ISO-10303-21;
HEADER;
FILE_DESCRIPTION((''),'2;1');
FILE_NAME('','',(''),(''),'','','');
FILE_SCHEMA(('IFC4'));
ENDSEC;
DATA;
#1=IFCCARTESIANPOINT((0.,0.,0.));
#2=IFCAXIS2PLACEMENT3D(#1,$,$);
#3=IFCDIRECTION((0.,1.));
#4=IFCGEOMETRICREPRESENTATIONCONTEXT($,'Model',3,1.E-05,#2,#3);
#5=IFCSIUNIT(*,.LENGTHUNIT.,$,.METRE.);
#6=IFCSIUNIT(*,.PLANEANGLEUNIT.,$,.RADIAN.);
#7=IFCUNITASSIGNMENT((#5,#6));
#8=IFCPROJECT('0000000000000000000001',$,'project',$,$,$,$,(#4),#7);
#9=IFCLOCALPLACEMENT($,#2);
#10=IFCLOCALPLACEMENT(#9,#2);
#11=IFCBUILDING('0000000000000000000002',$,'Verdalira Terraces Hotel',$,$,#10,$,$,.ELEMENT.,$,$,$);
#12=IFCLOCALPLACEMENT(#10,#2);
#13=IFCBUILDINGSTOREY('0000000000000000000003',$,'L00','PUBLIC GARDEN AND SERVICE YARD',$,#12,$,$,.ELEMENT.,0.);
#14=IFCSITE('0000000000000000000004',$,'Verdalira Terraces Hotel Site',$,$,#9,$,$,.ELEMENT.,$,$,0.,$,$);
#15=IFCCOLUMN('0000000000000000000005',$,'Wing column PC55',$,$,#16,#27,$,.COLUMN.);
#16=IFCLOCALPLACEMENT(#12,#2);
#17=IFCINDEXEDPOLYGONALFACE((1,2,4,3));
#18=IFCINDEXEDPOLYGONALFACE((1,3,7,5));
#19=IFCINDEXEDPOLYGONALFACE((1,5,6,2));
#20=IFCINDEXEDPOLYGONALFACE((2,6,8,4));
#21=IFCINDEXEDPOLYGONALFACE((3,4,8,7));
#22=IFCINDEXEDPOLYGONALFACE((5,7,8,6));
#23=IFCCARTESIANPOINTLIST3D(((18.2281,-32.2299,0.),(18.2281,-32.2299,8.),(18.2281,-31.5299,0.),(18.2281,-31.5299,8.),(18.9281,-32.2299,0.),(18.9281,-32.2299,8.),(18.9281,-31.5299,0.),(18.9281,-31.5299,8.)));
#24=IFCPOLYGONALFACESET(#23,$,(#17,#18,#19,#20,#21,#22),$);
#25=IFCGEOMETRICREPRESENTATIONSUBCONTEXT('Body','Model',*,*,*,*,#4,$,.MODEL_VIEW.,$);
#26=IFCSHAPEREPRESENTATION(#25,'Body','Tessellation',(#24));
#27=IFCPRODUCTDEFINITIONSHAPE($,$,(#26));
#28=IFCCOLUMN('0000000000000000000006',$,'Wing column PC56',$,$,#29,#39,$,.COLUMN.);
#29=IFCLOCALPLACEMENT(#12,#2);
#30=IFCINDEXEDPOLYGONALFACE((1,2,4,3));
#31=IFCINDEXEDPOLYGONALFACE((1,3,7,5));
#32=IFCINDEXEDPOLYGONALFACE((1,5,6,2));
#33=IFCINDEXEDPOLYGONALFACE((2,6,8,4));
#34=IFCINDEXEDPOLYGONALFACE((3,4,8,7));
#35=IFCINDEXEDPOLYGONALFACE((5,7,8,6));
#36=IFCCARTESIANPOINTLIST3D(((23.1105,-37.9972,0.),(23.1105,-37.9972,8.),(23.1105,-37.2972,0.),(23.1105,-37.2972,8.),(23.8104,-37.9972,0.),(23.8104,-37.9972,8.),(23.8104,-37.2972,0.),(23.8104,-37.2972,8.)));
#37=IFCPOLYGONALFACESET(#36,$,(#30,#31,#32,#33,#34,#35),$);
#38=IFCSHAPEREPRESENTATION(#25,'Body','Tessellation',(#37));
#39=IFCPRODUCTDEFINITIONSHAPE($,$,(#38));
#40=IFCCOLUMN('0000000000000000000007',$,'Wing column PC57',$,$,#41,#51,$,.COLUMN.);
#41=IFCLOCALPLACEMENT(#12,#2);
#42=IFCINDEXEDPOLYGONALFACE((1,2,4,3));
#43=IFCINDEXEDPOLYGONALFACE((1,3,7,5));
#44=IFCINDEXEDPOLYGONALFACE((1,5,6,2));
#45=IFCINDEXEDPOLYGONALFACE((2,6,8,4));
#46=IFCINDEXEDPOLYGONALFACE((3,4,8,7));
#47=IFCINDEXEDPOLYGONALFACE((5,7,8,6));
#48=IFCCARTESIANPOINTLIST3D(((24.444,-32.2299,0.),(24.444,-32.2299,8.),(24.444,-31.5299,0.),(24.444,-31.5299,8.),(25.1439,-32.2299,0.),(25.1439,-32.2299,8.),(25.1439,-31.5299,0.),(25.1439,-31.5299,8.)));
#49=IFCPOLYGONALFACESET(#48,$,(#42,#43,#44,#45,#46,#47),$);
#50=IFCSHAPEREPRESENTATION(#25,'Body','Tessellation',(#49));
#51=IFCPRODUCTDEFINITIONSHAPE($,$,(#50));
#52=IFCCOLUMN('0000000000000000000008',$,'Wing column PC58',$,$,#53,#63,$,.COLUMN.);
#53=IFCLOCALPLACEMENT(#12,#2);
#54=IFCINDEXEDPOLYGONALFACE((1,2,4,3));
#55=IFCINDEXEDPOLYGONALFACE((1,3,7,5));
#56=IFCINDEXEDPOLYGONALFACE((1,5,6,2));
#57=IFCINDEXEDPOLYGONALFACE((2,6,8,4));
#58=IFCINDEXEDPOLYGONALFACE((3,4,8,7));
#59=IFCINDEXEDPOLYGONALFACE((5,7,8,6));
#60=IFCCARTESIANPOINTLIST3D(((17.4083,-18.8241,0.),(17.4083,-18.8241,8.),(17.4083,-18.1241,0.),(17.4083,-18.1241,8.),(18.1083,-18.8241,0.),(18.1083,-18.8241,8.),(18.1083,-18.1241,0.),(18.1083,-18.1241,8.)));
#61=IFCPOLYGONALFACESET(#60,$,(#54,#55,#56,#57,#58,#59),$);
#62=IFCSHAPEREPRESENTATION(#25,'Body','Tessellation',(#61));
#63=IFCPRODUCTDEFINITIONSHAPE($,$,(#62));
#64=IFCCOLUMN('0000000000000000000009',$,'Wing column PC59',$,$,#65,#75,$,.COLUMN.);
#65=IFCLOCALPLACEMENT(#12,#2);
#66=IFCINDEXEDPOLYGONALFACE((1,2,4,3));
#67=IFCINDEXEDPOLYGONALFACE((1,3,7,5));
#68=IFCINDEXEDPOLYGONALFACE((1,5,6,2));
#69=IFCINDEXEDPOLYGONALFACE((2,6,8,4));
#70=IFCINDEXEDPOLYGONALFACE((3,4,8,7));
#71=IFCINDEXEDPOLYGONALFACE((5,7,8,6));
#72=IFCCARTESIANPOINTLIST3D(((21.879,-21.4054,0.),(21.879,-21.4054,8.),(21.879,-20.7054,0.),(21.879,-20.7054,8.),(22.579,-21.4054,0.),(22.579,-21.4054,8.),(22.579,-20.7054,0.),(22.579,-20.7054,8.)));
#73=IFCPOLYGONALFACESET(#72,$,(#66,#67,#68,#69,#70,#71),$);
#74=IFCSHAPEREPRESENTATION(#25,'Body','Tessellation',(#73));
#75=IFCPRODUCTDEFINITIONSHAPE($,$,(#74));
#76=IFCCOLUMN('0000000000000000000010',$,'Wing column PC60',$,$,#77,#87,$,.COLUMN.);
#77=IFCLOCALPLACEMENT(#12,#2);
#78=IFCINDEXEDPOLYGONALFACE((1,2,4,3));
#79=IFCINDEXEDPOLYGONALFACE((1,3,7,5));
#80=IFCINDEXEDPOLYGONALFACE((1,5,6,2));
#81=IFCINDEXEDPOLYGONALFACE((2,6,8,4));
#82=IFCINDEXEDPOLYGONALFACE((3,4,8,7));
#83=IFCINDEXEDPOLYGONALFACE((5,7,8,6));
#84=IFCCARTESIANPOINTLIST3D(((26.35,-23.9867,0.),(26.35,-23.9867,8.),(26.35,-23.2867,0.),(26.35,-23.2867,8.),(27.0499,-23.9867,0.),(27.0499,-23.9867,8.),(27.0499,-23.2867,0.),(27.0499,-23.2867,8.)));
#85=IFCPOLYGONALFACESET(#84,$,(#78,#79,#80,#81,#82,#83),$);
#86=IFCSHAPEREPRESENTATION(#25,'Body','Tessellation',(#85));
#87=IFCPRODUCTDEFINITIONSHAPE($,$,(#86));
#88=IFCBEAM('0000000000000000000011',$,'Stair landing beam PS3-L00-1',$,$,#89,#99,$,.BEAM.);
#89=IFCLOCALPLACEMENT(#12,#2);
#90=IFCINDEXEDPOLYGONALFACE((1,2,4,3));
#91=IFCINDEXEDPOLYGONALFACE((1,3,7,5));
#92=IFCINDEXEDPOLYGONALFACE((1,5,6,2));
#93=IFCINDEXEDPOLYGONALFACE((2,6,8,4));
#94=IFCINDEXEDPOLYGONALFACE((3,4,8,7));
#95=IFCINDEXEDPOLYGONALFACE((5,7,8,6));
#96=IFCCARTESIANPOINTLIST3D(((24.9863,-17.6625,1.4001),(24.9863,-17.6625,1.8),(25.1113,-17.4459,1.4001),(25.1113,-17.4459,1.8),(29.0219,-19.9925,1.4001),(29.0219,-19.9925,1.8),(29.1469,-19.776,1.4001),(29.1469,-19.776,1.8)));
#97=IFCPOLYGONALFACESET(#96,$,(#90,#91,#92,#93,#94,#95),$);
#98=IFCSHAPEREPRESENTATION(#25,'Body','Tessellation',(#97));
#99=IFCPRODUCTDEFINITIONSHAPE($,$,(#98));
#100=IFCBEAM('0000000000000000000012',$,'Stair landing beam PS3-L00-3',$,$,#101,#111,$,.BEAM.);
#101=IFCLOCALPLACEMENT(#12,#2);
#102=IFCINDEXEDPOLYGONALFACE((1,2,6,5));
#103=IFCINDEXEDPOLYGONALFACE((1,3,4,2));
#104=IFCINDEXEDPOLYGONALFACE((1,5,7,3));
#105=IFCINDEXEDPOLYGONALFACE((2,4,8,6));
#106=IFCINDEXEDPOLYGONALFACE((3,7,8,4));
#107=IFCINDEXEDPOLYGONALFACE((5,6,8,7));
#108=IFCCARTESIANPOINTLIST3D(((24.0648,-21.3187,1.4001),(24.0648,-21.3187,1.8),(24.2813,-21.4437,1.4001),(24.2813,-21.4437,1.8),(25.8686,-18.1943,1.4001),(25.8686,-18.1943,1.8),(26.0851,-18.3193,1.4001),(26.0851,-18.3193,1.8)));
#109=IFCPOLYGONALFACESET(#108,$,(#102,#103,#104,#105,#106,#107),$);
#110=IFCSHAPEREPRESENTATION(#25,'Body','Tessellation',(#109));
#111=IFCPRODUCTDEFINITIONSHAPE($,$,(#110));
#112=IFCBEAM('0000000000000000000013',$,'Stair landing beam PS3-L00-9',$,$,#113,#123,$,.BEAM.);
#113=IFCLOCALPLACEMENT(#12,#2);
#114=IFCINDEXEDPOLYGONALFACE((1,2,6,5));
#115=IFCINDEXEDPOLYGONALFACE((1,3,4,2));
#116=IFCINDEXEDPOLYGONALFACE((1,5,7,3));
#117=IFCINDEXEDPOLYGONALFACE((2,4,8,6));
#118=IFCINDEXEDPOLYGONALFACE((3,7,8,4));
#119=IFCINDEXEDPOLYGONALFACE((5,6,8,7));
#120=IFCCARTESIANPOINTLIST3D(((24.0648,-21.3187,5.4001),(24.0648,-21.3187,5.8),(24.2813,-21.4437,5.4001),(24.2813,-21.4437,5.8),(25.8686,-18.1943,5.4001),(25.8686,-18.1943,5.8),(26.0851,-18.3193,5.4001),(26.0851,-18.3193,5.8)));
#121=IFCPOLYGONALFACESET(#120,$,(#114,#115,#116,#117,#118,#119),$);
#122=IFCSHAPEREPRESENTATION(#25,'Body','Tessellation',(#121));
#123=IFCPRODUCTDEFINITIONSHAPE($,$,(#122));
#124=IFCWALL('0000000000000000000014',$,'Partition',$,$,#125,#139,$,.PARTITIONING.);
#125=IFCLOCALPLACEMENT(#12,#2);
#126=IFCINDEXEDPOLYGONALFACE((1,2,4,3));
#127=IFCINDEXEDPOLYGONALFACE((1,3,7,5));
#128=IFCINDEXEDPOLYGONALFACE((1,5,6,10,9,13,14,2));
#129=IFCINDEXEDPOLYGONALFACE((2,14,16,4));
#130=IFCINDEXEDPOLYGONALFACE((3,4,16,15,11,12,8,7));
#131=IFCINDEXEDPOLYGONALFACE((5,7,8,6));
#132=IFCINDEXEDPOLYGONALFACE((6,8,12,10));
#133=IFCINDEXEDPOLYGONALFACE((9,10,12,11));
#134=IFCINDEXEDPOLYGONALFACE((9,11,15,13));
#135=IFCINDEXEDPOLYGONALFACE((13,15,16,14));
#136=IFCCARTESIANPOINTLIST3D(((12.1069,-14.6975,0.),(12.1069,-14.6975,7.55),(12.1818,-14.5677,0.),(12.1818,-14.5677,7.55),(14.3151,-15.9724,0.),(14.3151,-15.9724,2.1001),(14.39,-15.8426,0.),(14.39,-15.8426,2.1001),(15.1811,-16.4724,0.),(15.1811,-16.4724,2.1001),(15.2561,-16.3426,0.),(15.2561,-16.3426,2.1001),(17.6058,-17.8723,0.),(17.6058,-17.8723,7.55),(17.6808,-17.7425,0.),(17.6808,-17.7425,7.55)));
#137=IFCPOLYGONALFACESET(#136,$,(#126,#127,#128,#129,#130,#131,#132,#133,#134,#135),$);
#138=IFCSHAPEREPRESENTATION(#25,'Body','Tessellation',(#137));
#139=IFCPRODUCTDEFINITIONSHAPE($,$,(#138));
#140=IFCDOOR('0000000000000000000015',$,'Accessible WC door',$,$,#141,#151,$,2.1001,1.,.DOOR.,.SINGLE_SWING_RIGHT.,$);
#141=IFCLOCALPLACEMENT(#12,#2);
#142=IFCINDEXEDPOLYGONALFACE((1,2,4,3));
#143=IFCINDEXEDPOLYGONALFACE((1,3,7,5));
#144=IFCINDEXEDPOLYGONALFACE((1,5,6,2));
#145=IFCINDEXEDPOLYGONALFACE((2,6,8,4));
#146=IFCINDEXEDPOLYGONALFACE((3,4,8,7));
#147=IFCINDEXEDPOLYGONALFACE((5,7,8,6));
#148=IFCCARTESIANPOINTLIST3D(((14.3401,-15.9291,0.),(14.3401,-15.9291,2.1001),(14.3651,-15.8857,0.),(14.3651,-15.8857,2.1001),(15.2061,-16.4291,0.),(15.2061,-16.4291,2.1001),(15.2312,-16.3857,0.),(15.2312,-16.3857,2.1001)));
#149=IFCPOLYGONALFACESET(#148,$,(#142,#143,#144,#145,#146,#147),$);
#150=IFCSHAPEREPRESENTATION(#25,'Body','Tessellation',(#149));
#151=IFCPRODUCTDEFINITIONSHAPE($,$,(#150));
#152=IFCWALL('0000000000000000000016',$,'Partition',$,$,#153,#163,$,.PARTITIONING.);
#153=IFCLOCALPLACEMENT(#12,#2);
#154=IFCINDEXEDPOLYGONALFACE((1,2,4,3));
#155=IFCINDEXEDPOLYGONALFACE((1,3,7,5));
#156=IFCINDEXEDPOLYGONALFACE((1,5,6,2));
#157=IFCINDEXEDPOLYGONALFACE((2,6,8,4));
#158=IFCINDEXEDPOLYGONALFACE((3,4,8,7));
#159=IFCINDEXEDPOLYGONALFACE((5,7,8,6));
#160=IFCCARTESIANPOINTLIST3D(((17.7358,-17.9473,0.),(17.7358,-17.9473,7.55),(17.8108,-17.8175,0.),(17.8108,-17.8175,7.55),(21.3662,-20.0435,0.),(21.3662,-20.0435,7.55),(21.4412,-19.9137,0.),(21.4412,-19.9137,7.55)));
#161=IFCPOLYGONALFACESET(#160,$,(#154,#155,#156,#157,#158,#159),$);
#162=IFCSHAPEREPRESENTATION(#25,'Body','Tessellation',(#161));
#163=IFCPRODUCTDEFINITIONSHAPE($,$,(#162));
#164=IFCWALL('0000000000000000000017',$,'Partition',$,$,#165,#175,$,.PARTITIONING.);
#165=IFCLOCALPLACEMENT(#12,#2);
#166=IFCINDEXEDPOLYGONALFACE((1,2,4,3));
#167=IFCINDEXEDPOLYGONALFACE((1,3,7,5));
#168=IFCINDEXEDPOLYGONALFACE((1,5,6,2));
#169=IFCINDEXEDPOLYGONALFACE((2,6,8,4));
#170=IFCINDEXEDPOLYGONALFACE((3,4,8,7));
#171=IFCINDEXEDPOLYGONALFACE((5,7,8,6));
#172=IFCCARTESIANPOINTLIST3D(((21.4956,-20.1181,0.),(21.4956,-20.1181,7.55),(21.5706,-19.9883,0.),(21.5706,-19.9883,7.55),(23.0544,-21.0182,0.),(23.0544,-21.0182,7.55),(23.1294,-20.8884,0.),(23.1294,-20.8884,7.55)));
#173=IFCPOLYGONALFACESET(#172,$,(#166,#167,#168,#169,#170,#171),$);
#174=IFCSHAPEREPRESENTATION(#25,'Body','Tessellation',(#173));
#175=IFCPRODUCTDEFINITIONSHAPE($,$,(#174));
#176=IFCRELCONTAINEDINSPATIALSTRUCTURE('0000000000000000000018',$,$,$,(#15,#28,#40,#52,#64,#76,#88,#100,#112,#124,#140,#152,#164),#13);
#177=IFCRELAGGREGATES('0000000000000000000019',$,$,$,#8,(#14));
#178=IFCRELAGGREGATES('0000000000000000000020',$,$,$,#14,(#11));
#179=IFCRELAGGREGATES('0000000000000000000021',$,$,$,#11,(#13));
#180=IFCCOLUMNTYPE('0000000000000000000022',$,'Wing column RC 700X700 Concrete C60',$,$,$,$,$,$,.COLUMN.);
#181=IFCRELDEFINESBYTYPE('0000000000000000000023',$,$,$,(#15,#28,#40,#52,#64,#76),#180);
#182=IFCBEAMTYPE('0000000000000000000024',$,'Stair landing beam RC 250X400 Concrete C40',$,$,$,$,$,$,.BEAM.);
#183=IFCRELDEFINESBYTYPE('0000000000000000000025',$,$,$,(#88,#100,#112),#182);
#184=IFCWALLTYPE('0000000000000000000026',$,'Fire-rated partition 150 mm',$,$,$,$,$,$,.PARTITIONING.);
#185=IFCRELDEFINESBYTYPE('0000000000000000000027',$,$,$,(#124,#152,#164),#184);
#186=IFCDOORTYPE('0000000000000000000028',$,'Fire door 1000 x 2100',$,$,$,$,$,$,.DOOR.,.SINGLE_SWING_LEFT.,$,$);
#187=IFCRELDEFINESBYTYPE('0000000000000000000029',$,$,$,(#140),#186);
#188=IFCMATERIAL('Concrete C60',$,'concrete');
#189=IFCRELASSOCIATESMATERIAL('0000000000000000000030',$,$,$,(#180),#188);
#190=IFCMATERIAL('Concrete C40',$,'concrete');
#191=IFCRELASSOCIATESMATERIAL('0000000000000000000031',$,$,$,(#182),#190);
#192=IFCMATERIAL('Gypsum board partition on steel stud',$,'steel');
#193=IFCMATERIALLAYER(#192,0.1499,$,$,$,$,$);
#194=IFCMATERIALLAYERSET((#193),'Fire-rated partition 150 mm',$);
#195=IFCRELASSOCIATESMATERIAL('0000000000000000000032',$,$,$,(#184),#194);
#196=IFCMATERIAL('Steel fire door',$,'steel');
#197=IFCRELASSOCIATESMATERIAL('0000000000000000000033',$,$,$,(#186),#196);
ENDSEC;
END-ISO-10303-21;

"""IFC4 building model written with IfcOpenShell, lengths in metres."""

from ifc_helpers import new_model, si_unit, direction, frame, frame_2d, origin, origin_2d, place, context, subcontext, project, spatial, rectangle, extrude, material, layer, layer_set, material_profile, profile_set, type_object, element, fill, save


model = new_model("IFC4")

# Units and contexts
model_context = context("Model", 3, precision=1e-05, world=origin(), true_north=direction((0.0, 1.0)))
body_context = subcontext(model_context, "Body", "Model", "MODEL_VIEW")
ifc_project = project(units=[si_unit("LENGTHUNIT", "METRE"), si_unit("PLANEANGLEUNIT", "RADIAN")], contexts=[model_context])

# Site, building, storey
site_placement = place(None, origin())
site = spatial("IfcSite", under=ifc_project, at=site_placement, Name="Verdalira Terraces Hotel Site", CompositionType="ELEMENT", RefElevation=0.0)
building_placement = place(site_placement, origin())
building = spatial("IfcBuilding", under=site, at=building_placement, Name="Verdalira Terraces Hotel", CompositionType="ELEMENT")
storey_placement = place(building_placement, origin())
storey = spatial("IfcBuildingStorey", under=building, at=storey_placement, Name="L00", Description="PUBLIC GARDEN AND SERVICE YARD", CompositionType="ELEMENT", Elevation=0.0)

# Columns
ifc_material_1 = material(Name="Concrete C60", Category="concrete")
ifc_material_profile_1 = material_profile(ifc_material_1, rectangle(XDim=0.7, YDim=0.7, at=origin_2d()), Name="RC 700X700")
ifc_profile_set_1 = profile_set([ifc_material_profile_1], Name="Concrete C60")
column_type = type_object("IfcColumnType", Name="Wing column RC 700X700 Concrete C60", PredefinedType="COLUMN", material=ifc_profile_set_1)
for number, where, z_axis, x_axis, name in (
    (1, (18.5781, -31.8799, 0.0), (0.0, 0.0, 1.0), (0.0, -1.0, 0.0), "Wing column PC55"),
    (2, (23.4604, -37.6472, 0.0), (0.0, 0.0, 1.0), (0.0, -1.0, 0.0), "Wing column PC56"),
    (3, (24.7939, -31.8799, 0.0), (0.0, 0.0, 1.0), (0.0, -1.0, 0.0), "Wing column PC57"),
    (4, (17.7583, -18.4741, 0.0), (0.0, 0.0, 1.0), (0.0, -1.0, 0.0), "Wing column PC58"),
    (5, (22.229, -21.0554, 0.0), (0.0, 0.0, 1.0), (0.0, -1.0, 0.0), "Wing column PC59"),
    (6, (26.7, -23.6367, 0.0), (0.0, 0.0, 1.0), (0.0, -1.0, 0.0), "Wing column PC60"),
):
    element("IfcColumn", number, at=place(storey_placement, frame(where, z_axis=z_axis, x_axis=x_axis)), inside=storey, type_object=column_type, Name=name, PredefinedType="COLUMN", context=body_context, shape_type="SweptSolid", body=[
        extrude(rectangle(XDim=0.7, YDim=0.7, at=origin_2d()), origin(), (0.0, 0.0, 1.0), 8.0),
    ])

# Beams
ifc_material_2 = material(Name="Concrete C40", Category="concrete")
ifc_material_profile_2 = material_profile(ifc_material_2, rectangle(XDim=0.25, YDim=0.3999, at=origin_2d()), Name="RC 250X400")
ifc_profile_set_2 = profile_set([ifc_material_profile_2], Name="Concrete C40")
beam_type = type_object("IfcBeamType", Name="Stair landing beam RC 250X400 Concrete C40", PredefinedType="BEAM", material=ifc_profile_set_2)
beam_placement = place(storey_placement, frame((25.0488, -17.5542, 1.6001), z_axis=(0.866016, -0.500016, 0.0), x_axis=(0.500016, 0.866016, 0.0)))
element("IfcBeam", 7, at=beam_placement, inside=storey, type_object=beam_type, Name="Stair landing beam PS3-L00-1", PredefinedType="BEAM", context=body_context, shape_type="SweptSolid", body=[
    extrude(rectangle(XDim=0.25, YDim=0.3999, at=origin_2d()), origin(), (0.0, 0.0, 1.0), 4.6599),
])
for number, where, z_axis, x_axis, name in (
    (8, (25.9768, -18.2568, 1.6001), (-0.499982, -0.866036, 0.0), (0.866036, -0.499982, 0.0), "Stair landing beam PS3-L00-3"),
    (9, (25.9768, -18.2568, 5.6001), (-0.499982, -0.866036, 0.0), (0.866036, -0.499982, 0.0), "Stair landing beam PS3-L00-9"),
):
    element("IfcBeam", number, at=place(storey_placement, frame(where, z_axis=z_axis, x_axis=x_axis)), inside=storey, type_object=beam_type, Name=name, PredefinedType="BEAM", context=body_context, shape_type="SweptSolid", body=[
        extrude(rectangle(XDim=0.25, YDim=0.3999, at=origin_2d()), origin(), (0.0, 0.0, 1.0), 3.6077),
    ])

# Wall, opening, door
ifc_material_3 = material(Name="Gypsum board partition on steel stud", Category="steel")
ifc_layer_1 = layer(ifc_material_3, 0.1499)
ifc_layer_set_1 = layer_set([ifc_layer_1], Name="Fire-rated partition 150 mm")
wall_type_1 = type_object("IfcWallType", Name="Fire-rated partition 150 mm", PredefinedType="PARTITIONING", material=ifc_layer_set_1)
wall_1_placement = place(storey_placement, frame((17.6433, -17.8074, 0.0), z_axis=(0.0, 0.0, 1.0), x_axis=(-0.866029, 0.499993, 0.0)))
wall_1 = element("IfcWall", 10, at=wall_1_placement, inside=storey, type_object=wall_type_1, Name="Partition", PredefinedType="PARTITIONING", context=body_context, shape_type="SweptSolid", body=[
    extrude(rectangle(XDim=6.3496, YDim=0.1499, at=frame_2d((3.1748, 0.0))), origin(), (0.0, 0.0, 1.0), 7.55),
])
opening_1_placement = place(wall_1_placement, frame((2.7998, 0.0, 0.0)))
opening_1 = element("IfcOpeningElement", 11, at=opening_1_placement, cuts=wall_1, PredefinedType="OPENING", context=body_context, shape_type="SweptSolid", body=[
    extrude(rectangle(XDim=1.0, YDim=2.1001, at=frame_2d((0.5, 1.05))), frame((0.0, 0.085, 0.0), z_axis=(0.0, -1.0, 0.0), x_axis=(1.0, 0.0, 0.0)), (0.0, 0.0, 1.0), 0.1699),
])
ifc_material_4 = material(Name="Steel fire door", Category="steel")
door_type_1 = type_object("IfcDoorType", Name="Fire door 1000 x 2100", OperationType="SINGLE_SWING_LEFT", PredefinedType="DOOR", material=ifc_material_4)
door_1_placement = place(opening_1_placement, origin())
door_1 = element("IfcDoor", 12, at=door_1_placement, inside=storey, type_object=door_type_1, Name="Accessible WC door", OperationType="SINGLE_SWING_RIGHT", OverallHeight=2.1001, OverallWidth=1.0, PredefinedType="DOOR", context=body_context, shape_type="SweptSolid", body=[
    extrude(rectangle(XDim=1.0, YDim=2.1001, at=frame_2d((0.5, 1.05))), frame((0.0, 0.0249, 0.0), z_axis=(0.0, -1.0, 0.0), x_axis=(1.0, 0.0, 0.0)), (0.0, 0.0, 1.0), 0.05),
])
fill(opening_1, door_1)

# Walls
wall_2_placement = place(storey_placement, frame((17.7732, -17.8823, 0.0), z_axis=(0.0, 0.0, 1.0), x_axis=(0.866005, -0.500035, 0.0)))
element("IfcWall", 13, at=wall_2_placement, inside=storey, type_object=wall_type_1, Name="Partition", PredefinedType="PARTITIONING", context=body_context, shape_type="SweptSolid", body=[
    extrude(rectangle(XDim=4.1921, YDim=0.1499, at=frame_2d((2.0962, 0.0))), origin(), (0.0, 0.0, 1.0), 7.55),
])
wall_3_placement = place(storey_placement, frame((21.5332, -20.0532, 0.0), z_axis=(0.0, 0.0, 1.0), x_axis=(0.865989, -0.500063, 0.0)))
element("IfcWall", 14, at=wall_3_placement, inside=storey, type_object=wall_type_1, Name="Partition", PredefinedType="PARTITIONING", context=body_context, shape_type="SweptSolid", body=[
    extrude(rectangle(XDim=1.8, YDim=0.1499, at=frame_2d((0.8999, 0.0))), origin(), (0.0, 0.0, 1.0), 7.55),
])

save(model, "model.ifc")
